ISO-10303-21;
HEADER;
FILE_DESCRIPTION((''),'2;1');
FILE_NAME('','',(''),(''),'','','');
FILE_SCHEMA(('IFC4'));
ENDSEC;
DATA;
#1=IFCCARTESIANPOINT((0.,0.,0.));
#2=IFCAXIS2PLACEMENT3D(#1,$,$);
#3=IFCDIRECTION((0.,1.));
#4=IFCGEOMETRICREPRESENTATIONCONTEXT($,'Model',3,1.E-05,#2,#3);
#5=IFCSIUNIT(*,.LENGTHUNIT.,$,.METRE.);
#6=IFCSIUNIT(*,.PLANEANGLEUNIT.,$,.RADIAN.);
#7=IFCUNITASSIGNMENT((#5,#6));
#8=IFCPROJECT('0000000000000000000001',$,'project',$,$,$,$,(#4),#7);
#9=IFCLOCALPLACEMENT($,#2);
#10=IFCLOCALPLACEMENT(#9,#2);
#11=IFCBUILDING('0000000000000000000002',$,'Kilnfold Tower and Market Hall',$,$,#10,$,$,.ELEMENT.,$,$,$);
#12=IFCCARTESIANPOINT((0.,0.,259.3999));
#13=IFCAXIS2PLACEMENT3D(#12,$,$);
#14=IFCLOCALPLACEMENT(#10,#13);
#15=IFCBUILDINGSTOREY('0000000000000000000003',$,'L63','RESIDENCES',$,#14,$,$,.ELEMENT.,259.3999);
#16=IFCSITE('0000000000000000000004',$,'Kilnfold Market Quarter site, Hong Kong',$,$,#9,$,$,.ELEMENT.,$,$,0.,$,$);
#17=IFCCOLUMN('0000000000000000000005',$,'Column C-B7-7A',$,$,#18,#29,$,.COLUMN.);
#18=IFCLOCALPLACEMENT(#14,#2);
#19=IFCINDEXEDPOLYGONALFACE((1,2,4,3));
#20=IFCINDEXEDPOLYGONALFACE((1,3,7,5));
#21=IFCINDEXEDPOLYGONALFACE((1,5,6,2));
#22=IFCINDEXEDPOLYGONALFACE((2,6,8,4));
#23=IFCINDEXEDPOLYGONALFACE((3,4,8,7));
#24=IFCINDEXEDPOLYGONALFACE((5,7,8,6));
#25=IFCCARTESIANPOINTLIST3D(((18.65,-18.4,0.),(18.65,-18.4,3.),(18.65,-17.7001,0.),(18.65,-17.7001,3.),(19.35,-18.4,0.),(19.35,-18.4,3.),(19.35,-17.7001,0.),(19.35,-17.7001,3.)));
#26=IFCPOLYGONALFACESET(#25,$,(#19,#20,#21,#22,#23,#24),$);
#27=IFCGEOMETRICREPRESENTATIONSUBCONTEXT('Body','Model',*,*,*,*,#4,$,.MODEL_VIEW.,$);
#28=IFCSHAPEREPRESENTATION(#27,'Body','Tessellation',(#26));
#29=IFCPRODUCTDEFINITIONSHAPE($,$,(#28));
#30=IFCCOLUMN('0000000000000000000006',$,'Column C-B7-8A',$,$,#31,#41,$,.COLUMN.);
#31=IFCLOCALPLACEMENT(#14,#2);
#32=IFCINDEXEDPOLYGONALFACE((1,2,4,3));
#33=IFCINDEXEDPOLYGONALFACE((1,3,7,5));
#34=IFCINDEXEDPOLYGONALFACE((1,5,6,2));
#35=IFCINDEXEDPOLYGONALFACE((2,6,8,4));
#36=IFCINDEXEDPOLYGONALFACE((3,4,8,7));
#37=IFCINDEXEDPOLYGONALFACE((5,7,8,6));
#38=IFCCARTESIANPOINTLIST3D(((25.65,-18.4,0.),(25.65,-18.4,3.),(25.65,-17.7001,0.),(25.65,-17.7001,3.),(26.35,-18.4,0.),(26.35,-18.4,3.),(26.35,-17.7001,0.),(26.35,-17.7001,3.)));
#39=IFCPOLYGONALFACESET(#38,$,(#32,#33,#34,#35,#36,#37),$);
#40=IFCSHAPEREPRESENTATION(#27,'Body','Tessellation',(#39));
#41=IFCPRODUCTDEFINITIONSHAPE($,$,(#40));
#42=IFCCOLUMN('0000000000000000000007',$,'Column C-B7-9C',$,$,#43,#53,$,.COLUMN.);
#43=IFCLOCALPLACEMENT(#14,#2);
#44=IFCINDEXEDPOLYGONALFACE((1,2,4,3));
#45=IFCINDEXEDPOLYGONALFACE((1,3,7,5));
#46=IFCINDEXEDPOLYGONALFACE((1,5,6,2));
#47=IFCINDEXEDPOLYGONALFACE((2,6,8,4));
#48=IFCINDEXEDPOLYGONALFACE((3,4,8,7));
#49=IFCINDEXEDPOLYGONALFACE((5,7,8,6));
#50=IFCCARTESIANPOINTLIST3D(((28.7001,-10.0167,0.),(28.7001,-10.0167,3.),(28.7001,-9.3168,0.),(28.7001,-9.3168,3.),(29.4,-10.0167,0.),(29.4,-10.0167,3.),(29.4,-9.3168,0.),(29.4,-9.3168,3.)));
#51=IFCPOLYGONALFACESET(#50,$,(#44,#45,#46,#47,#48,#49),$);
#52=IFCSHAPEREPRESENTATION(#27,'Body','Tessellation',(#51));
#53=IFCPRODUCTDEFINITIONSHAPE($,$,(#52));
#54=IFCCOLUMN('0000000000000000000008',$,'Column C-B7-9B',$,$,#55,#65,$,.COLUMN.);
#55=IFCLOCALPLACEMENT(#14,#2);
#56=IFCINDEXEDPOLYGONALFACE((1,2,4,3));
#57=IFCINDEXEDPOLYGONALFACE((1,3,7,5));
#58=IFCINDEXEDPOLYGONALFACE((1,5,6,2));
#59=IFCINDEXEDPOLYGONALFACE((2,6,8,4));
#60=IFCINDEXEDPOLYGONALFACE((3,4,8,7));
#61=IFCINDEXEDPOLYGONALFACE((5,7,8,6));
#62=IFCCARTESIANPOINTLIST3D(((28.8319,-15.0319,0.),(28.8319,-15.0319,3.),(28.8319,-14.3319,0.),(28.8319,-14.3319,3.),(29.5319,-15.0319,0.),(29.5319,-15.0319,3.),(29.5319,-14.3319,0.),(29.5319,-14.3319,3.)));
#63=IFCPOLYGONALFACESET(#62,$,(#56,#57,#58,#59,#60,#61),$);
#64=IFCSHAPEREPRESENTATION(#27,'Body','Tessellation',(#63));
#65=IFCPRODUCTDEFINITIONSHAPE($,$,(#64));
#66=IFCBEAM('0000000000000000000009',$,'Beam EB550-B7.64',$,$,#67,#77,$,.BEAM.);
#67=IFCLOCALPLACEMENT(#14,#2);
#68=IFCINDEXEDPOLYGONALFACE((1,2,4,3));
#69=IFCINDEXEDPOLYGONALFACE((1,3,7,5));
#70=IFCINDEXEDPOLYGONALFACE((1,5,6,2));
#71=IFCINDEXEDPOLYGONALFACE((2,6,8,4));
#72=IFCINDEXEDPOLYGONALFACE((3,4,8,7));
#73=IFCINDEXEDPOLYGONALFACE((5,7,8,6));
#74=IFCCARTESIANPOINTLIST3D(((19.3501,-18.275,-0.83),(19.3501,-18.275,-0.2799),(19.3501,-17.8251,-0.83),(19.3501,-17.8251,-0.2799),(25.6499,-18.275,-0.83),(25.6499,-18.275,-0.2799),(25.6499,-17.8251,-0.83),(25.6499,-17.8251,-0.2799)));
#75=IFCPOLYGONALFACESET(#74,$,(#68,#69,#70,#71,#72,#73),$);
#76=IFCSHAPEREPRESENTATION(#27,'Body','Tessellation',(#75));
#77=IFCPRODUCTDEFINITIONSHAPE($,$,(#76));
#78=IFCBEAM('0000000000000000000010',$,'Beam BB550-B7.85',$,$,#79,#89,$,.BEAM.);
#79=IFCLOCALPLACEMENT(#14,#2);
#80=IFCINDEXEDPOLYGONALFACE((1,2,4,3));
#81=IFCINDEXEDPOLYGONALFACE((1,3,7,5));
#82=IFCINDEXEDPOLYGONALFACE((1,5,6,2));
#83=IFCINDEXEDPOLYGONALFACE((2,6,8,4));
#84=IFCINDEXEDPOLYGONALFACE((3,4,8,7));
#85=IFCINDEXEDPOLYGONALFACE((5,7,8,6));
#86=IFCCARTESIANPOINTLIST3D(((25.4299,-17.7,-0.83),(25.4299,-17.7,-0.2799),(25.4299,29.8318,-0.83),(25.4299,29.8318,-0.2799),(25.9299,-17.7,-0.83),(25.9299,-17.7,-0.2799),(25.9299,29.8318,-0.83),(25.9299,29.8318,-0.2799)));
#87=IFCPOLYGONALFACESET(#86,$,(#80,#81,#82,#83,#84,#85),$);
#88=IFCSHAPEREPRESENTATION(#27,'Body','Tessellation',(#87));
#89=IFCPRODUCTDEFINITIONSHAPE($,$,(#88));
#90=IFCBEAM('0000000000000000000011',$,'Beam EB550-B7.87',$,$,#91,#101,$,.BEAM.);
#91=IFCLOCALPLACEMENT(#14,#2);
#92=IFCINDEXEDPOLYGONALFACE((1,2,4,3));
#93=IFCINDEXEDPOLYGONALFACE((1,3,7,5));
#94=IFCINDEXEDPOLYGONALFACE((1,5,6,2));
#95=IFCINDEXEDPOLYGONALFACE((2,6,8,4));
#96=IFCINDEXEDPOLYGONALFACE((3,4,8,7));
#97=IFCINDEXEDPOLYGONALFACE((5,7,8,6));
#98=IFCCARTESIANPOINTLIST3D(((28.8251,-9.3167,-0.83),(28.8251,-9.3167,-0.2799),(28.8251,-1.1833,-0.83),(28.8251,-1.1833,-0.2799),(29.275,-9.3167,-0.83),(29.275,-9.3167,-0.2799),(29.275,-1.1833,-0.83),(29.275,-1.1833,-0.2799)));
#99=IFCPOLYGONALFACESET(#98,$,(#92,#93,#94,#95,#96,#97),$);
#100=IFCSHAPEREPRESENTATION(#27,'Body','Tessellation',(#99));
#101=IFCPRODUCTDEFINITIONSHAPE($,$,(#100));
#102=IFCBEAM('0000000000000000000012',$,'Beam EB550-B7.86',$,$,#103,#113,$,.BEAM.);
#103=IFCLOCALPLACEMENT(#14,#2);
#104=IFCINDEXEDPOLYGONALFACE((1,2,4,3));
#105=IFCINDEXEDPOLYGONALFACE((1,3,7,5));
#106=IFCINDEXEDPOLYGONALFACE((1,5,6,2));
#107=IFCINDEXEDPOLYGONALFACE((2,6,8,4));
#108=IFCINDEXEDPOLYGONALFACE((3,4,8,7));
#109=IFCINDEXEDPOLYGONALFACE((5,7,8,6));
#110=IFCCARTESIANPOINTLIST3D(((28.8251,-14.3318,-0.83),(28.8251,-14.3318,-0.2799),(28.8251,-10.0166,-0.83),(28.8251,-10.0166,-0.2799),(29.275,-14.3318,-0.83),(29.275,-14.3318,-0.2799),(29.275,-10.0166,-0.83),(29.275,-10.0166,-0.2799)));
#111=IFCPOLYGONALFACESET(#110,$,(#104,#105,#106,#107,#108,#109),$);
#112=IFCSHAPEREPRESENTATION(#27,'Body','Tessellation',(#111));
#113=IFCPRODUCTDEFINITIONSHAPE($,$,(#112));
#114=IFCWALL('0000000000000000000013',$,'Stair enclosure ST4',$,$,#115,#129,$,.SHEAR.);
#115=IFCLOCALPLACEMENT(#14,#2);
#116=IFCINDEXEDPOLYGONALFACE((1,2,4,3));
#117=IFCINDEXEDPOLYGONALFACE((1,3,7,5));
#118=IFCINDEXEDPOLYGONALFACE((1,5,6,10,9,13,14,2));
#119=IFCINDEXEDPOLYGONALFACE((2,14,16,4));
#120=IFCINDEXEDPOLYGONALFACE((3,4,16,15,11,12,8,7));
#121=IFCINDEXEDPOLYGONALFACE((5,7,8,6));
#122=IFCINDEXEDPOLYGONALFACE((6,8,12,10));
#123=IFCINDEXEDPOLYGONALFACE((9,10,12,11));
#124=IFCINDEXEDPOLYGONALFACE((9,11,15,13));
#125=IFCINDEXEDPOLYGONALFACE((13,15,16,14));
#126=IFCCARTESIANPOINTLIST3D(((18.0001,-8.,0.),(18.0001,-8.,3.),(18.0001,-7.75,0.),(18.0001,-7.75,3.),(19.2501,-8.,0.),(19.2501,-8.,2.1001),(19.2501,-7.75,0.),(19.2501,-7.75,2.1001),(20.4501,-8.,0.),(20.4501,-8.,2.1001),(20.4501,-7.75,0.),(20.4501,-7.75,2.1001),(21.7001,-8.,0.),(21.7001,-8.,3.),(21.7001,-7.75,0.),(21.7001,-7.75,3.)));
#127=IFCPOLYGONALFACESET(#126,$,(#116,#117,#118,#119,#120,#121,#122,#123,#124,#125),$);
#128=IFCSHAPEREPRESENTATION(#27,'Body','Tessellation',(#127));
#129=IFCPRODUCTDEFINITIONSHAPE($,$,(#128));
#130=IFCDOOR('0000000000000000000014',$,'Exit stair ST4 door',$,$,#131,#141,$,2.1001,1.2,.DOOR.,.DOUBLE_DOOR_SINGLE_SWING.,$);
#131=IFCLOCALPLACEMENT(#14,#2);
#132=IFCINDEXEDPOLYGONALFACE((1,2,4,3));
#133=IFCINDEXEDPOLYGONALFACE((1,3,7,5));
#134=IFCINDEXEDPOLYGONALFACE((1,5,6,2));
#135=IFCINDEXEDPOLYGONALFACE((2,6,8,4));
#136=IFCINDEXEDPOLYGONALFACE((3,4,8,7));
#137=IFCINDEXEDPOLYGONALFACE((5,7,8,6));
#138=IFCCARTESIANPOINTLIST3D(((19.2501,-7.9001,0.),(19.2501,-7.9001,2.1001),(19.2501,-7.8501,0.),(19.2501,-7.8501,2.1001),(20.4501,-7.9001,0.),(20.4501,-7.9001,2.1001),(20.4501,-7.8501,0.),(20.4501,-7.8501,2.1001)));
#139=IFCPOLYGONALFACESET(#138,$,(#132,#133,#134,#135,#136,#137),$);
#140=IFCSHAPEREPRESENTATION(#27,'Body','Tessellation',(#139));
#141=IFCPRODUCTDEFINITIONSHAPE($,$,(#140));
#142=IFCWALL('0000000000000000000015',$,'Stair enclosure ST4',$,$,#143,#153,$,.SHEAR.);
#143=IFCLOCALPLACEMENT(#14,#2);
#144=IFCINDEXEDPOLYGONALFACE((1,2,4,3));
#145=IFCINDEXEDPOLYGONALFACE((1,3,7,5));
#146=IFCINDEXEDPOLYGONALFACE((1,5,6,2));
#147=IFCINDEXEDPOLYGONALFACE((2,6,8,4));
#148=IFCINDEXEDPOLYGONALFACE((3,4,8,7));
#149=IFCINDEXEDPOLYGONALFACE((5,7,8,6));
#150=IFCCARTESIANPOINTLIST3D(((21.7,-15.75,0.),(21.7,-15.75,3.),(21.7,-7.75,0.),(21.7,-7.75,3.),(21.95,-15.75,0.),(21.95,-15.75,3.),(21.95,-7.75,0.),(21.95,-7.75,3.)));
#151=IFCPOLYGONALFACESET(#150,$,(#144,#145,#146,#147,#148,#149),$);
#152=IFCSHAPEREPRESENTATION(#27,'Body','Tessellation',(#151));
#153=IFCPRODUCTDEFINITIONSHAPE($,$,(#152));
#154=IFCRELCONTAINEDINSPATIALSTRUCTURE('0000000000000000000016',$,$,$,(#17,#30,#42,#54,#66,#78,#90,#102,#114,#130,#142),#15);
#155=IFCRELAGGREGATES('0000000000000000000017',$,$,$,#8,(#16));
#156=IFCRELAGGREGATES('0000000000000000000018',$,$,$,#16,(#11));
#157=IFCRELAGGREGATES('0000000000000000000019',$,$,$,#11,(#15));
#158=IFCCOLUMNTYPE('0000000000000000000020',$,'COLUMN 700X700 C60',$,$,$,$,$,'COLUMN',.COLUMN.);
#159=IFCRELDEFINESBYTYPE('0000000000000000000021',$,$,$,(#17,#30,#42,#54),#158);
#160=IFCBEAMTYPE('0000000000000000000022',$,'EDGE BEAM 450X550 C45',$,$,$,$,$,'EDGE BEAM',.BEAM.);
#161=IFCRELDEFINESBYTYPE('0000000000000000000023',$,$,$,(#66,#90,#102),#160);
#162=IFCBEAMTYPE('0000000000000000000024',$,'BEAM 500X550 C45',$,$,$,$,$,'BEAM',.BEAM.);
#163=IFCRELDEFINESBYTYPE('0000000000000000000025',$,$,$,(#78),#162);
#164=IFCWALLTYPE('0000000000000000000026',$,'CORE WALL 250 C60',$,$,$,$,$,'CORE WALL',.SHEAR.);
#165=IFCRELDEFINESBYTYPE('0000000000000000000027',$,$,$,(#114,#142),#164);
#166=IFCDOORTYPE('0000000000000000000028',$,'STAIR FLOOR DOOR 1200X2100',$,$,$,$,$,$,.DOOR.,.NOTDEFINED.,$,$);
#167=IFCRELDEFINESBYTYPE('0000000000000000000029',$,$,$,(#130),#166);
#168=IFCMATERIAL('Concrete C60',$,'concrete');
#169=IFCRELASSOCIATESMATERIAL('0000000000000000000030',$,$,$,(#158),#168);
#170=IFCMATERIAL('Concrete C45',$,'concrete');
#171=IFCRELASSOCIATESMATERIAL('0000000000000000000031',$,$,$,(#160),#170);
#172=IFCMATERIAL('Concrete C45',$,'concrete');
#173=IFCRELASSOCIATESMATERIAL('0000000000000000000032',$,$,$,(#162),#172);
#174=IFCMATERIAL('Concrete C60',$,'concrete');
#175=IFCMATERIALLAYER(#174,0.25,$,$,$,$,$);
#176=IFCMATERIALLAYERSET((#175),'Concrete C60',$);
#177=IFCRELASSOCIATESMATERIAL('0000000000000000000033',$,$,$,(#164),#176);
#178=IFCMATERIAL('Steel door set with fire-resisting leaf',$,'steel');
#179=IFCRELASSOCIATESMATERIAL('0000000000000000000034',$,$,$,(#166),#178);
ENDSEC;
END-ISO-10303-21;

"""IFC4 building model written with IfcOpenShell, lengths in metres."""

from ifc_helpers import new_model, si_unit, direction, frame, frame_2d, origin, origin_2d, place, context, subcontext, project, spatial, rectangle, extrude, source, transform, mapped, material, layer, layer_set, material_profile, profile_set, type_object, element, fill, save


model = new_model("IFC4")

# Units and contexts
model_context = context("Model", 3, precision=1e-05, world=origin(), true_north=direction((0.0, 1.0)))
body_context = subcontext(model_context, "Body", "Model", "MODEL_VIEW")
ifc_project = project(units=[si_unit("LENGTHUNIT", "METRE"), si_unit("PLANEANGLEUNIT", "RADIAN")], contexts=[model_context])

# Site, building, storey
site_placement = place(None, origin())
site = spatial("IfcSite", under=ifc_project, at=site_placement, Name="Kilnfold Market Quarter site, Hong Kong", CompositionType="ELEMENT", RefElevation=0.0)
building_placement = place(site_placement, origin())
building = spatial("IfcBuilding", under=site, at=building_placement, Name="Kilnfold Tower and Market Hall", CompositionType="ELEMENT")
storey_placement = place(building_placement, frame((0.0, 0.0, 259.3999)))
storey = spatial("IfcBuildingStorey", under=building, at=storey_placement, Name="L63", Description="RESIDENCES", CompositionType="ELEMENT", Elevation=259.3999)

# Columns
ifc_material_1 = material(Name="Concrete C60", Category="concrete")
ifc_material_profile_1 = material_profile(ifc_material_1, rectangle(XDim=0.7, YDim=0.7, at=origin_2d()), Name="RC 700x700")
ifc_profile_set_1 = profile_set([ifc_material_profile_1], Name="Concrete C60")
column_type = type_object("IfcColumnType", Name="COLUMN 700X700 C60", ElementType="COLUMN", PredefinedType="COLUMN", material=ifc_profile_set_1)
shared_shape_1 = source(origin(), body_context, "Body", "SweptSolid", [
    extrude(rectangle(XDim=0.7, YDim=0.7, at=origin_2d()), origin(), (0.0, 0.0, 1.0), 3.0),
])
for number, where, z_axis, x_axis, name in (
    (1, (19.0, -18.05, 0.0), (0.0, 0.0, 1.0), (1.0, 0.0, 0.0), "Column C-B7-7A"),
    (2, (26.0, -18.05, 0.0), (0.0, 0.0, 1.0), (1.0, 0.0, 0.0), "Column C-B7-8A"),
    (3, (29.05, -9.6667, 0.0), (0.0, 0.0, 1.0), (1.0, 0.0, 0.0), "Column C-B7-9C"),
    (4, (29.1819, -14.6819, 0.0), (0.0, 0.0, 1.0), (1.0, 0.0, 0.0), "Column C-B7-9B"),
):
    element("IfcColumn", number, at=place(storey_placement, frame(where, z_axis=z_axis, x_axis=x_axis)), inside=storey, type_object=column_type, Name=name, PredefinedType="COLUMN", context=body_context, shape_type="MappedRepresentation", body=[
        mapped(shared_shape_1, transform((0.0, 0.0, 0.0))),
    ])

# Beams
ifc_material_2 = material(Name="Concrete C45", Category="concrete")
ifc_material_profile_2 = material_profile(ifc_material_2, rectangle(XDim=0.45, YDim=0.55, at=origin_2d()), Name="RC 450x550")
ifc_profile_set_2 = profile_set([ifc_material_profile_2], Name="Concrete C45")
beam_type_1 = type_object("IfcBeamType", Name="EDGE BEAM 450X550 C45", ElementType="EDGE BEAM", PredefinedType="BEAM", material=ifc_profile_set_2)
shared_shape_2 = source(origin(), body_context, "Body", "SweptSolid", [
    extrude(rectangle(XDim=0.45, YDim=0.55, at=origin_2d()), origin(), (0.0, 0.0, 1.0), 6.2998),
])
beam_1_placement = place(storey_placement, frame((19.3501, -18.05, -0.5549), z_axis=(1.0, 0.0, 0.0), x_axis=(0.0, 1.0, 0.0)))
element("IfcBeam", 5, at=beam_1_placement, inside=storey, type_object=beam_type_1, Name="Beam EB550-B7.64", PredefinedType="BEAM", context=body_context, shape_type="MappedRepresentation", body=[
    mapped(shared_shape_2, transform((0.0, 0.0, 0.0))),
])
ifc_material_3 = material(Name="Concrete C45", Category="concrete")
ifc_material_profile_3 = material_profile(ifc_material_3, rectangle(XDim=0.5, YDim=0.55, at=origin_2d()), Name="RC 500x550")
ifc_profile_set_3 = profile_set([ifc_material_profile_3], Name="Concrete C45")
beam_type_2 = type_object("IfcBeamType", Name="BEAM 500X550 C45", ElementType="BEAM", PredefinedType="BEAM", material=ifc_profile_set_3)
shared_shape_3 = source(origin(), body_context, "Body", "SweptSolid", [
    extrude(rectangle(XDim=0.5, YDim=0.55, at=origin_2d()), origin(), (0.0, 0.0, 1.0), 47.5317),
])
beam_2_placement = place(storey_placement, frame((25.6799, -17.7, -0.5549), z_axis=(0.0, 1.0, 0.0), x_axis=(-1.0, 0.0, 0.0)))
element("IfcBeam", 6, at=beam_2_placement, inside=storey, type_object=beam_type_2, Name="Beam BB550-B7.85", PredefinedType="BEAM", context=body_context, shape_type="MappedRepresentation", body=[
    mapped(shared_shape_3, transform((0.0, 0.0, 0.0))),
])
shared_shape_4 = source(origin(), body_context, "Body", "SweptSolid", [
    extrude(rectangle(XDim=0.45, YDim=0.55, at=origin_2d()), origin(), (0.0, 0.0, 1.0), 8.1333),
])
beam_3_placement = place(storey_placement, frame((29.05, -9.3167, -0.5549), z_axis=(0.0, 1.0, 0.0), x_axis=(-1.0, 0.0, 0.0)))
element("IfcBeam", 7, at=beam_3_placement, inside=storey, type_object=beam_type_1, Name="Beam EB550-B7.87", PredefinedType="BEAM", context=body_context, shape_type="MappedRepresentation", body=[
    mapped(shared_shape_4, transform((0.0, 0.0, 0.0))),
])
shared_shape_5 = source(origin(), body_context, "Body", "SweptSolid", [
    extrude(rectangle(XDim=0.45, YDim=0.55, at=origin_2d()), origin(), (0.0, 0.0, 1.0), 4.3152),
])
beam_4_placement = place(storey_placement, frame((29.05, -14.3318, -0.5549), z_axis=(0.0, 1.0, 0.0), x_axis=(-1.0, 0.0, 0.0)))
element("IfcBeam", 8, at=beam_4_placement, inside=storey, type_object=beam_type_1, Name="Beam EB550-B7.86", PredefinedType="BEAM", context=body_context, shape_type="MappedRepresentation", body=[
    mapped(shared_shape_5, transform((0.0, 0.0, 0.0))),
])

# Wall, opening, door
ifc_material_4 = material(Name="Concrete C60", Category="concrete")
ifc_layer_1 = layer(ifc_material_4, 0.25)
ifc_layer_set_1 = layer_set([ifc_layer_1], Name="Concrete C60")
wall_type_1 = type_object("IfcWallType", Name="CORE WALL 250 C60", ElementType="CORE WALL", PredefinedType="SHEAR", material=ifc_layer_set_1)
shared_shape_6 = source(origin(), body_context, "Body", "SweptSolid", [
    extrude(rectangle(XDim=3.7, YDim=0.25, at=frame_2d((1.8501, 0.0))), origin(), (0.0, 0.0, 1.0), 3.0),
])
wall_1_placement = place(storey_placement, frame((18.0, -7.875, 0.0), z_axis=(0.0, 0.0, 1.0), x_axis=(1.0, 0.0, 0.0)))
wall_1 = element("IfcWall", 9, at=wall_1_placement, inside=storey, type_object=wall_type_1, Name="Stair enclosure ST4", PredefinedType="SHEAR", context=body_context, shape_type="MappedRepresentation", body=[
    mapped(shared_shape_6, transform((0.0, 0.0, 0.0))),
])
opening_1_placement = place(wall_1_placement, frame((1.25, 0.0, 0.0)))
opening_1 = element("IfcOpeningElement", 10, at=opening_1_placement, cuts=wall_1, PredefinedType="OPENING", context=body_context, shape_type="SweptSolid", body=[
    extrude(rectangle(XDim=1.2, YDim=2.1001, at=frame_2d((0.6001, 1.05))), frame((0.0, 0.135, 0.0), z_axis=(0.0, -1.0, 0.0), x_axis=(1.0, 0.0, 0.0)), (0.0, 0.0, 1.0), 0.27),
])
ifc_material_5 = material(Name="Steel door set with fire-resisting leaf", Category="steel")
door_type_1 = type_object("IfcDoorType", Name="STAIR FLOOR DOOR 1200X2100", OperationType="NOTDEFINED", PredefinedType="DOOR", material=ifc_material_5)
door_1_placement = place(opening_1_placement, origin())
door_1 = element("IfcDoor", 11, at=door_1_placement, inside=storey, type_object=door_type_1, Name="Exit stair ST4 door", OperationType="DOUBLE_DOOR_SINGLE_SWING", OverallHeight=2.1001, OverallWidth=1.2, PredefinedType="DOOR", context=body_context, shape_type="SweptSolid", body=[
    extrude(rectangle(XDim=1.2, YDim=2.1001, at=frame_2d((0.6001, 1.05))), frame((0.0, 0.0249, 0.0), z_axis=(0.0, -1.0, 0.0), x_axis=(1.0, 0.0, 0.0)), (0.0, 0.0, 1.0), 0.05),
])
fill(opening_1, door_1)

# Wall
shared_shape_7 = source(origin(), body_context, "Body", "SweptSolid", [
    extrude(rectangle(XDim=8.0, YDim=0.25, at=frame_2d((4.0, 0.0))), origin(), (0.0, 0.0, 1.0), 3.0),
])
wall_2_placement = place(storey_placement, frame((21.825, -15.75, 0.0), z_axis=(0.0, 0.0, 1.0), x_axis=(0.0, 1.0, 0.0)))
element("IfcWall", 12, at=wall_2_placement, inside=storey, type_object=wall_type_1, Name="Stair enclosure ST4", PredefinedType="SHEAR", context=body_context, shape_type="MappedRepresentation", body=[
    mapped(shared_shape_7, transform((0.0, 0.0, 0.0))),
])

save(model, "model.ifc")
